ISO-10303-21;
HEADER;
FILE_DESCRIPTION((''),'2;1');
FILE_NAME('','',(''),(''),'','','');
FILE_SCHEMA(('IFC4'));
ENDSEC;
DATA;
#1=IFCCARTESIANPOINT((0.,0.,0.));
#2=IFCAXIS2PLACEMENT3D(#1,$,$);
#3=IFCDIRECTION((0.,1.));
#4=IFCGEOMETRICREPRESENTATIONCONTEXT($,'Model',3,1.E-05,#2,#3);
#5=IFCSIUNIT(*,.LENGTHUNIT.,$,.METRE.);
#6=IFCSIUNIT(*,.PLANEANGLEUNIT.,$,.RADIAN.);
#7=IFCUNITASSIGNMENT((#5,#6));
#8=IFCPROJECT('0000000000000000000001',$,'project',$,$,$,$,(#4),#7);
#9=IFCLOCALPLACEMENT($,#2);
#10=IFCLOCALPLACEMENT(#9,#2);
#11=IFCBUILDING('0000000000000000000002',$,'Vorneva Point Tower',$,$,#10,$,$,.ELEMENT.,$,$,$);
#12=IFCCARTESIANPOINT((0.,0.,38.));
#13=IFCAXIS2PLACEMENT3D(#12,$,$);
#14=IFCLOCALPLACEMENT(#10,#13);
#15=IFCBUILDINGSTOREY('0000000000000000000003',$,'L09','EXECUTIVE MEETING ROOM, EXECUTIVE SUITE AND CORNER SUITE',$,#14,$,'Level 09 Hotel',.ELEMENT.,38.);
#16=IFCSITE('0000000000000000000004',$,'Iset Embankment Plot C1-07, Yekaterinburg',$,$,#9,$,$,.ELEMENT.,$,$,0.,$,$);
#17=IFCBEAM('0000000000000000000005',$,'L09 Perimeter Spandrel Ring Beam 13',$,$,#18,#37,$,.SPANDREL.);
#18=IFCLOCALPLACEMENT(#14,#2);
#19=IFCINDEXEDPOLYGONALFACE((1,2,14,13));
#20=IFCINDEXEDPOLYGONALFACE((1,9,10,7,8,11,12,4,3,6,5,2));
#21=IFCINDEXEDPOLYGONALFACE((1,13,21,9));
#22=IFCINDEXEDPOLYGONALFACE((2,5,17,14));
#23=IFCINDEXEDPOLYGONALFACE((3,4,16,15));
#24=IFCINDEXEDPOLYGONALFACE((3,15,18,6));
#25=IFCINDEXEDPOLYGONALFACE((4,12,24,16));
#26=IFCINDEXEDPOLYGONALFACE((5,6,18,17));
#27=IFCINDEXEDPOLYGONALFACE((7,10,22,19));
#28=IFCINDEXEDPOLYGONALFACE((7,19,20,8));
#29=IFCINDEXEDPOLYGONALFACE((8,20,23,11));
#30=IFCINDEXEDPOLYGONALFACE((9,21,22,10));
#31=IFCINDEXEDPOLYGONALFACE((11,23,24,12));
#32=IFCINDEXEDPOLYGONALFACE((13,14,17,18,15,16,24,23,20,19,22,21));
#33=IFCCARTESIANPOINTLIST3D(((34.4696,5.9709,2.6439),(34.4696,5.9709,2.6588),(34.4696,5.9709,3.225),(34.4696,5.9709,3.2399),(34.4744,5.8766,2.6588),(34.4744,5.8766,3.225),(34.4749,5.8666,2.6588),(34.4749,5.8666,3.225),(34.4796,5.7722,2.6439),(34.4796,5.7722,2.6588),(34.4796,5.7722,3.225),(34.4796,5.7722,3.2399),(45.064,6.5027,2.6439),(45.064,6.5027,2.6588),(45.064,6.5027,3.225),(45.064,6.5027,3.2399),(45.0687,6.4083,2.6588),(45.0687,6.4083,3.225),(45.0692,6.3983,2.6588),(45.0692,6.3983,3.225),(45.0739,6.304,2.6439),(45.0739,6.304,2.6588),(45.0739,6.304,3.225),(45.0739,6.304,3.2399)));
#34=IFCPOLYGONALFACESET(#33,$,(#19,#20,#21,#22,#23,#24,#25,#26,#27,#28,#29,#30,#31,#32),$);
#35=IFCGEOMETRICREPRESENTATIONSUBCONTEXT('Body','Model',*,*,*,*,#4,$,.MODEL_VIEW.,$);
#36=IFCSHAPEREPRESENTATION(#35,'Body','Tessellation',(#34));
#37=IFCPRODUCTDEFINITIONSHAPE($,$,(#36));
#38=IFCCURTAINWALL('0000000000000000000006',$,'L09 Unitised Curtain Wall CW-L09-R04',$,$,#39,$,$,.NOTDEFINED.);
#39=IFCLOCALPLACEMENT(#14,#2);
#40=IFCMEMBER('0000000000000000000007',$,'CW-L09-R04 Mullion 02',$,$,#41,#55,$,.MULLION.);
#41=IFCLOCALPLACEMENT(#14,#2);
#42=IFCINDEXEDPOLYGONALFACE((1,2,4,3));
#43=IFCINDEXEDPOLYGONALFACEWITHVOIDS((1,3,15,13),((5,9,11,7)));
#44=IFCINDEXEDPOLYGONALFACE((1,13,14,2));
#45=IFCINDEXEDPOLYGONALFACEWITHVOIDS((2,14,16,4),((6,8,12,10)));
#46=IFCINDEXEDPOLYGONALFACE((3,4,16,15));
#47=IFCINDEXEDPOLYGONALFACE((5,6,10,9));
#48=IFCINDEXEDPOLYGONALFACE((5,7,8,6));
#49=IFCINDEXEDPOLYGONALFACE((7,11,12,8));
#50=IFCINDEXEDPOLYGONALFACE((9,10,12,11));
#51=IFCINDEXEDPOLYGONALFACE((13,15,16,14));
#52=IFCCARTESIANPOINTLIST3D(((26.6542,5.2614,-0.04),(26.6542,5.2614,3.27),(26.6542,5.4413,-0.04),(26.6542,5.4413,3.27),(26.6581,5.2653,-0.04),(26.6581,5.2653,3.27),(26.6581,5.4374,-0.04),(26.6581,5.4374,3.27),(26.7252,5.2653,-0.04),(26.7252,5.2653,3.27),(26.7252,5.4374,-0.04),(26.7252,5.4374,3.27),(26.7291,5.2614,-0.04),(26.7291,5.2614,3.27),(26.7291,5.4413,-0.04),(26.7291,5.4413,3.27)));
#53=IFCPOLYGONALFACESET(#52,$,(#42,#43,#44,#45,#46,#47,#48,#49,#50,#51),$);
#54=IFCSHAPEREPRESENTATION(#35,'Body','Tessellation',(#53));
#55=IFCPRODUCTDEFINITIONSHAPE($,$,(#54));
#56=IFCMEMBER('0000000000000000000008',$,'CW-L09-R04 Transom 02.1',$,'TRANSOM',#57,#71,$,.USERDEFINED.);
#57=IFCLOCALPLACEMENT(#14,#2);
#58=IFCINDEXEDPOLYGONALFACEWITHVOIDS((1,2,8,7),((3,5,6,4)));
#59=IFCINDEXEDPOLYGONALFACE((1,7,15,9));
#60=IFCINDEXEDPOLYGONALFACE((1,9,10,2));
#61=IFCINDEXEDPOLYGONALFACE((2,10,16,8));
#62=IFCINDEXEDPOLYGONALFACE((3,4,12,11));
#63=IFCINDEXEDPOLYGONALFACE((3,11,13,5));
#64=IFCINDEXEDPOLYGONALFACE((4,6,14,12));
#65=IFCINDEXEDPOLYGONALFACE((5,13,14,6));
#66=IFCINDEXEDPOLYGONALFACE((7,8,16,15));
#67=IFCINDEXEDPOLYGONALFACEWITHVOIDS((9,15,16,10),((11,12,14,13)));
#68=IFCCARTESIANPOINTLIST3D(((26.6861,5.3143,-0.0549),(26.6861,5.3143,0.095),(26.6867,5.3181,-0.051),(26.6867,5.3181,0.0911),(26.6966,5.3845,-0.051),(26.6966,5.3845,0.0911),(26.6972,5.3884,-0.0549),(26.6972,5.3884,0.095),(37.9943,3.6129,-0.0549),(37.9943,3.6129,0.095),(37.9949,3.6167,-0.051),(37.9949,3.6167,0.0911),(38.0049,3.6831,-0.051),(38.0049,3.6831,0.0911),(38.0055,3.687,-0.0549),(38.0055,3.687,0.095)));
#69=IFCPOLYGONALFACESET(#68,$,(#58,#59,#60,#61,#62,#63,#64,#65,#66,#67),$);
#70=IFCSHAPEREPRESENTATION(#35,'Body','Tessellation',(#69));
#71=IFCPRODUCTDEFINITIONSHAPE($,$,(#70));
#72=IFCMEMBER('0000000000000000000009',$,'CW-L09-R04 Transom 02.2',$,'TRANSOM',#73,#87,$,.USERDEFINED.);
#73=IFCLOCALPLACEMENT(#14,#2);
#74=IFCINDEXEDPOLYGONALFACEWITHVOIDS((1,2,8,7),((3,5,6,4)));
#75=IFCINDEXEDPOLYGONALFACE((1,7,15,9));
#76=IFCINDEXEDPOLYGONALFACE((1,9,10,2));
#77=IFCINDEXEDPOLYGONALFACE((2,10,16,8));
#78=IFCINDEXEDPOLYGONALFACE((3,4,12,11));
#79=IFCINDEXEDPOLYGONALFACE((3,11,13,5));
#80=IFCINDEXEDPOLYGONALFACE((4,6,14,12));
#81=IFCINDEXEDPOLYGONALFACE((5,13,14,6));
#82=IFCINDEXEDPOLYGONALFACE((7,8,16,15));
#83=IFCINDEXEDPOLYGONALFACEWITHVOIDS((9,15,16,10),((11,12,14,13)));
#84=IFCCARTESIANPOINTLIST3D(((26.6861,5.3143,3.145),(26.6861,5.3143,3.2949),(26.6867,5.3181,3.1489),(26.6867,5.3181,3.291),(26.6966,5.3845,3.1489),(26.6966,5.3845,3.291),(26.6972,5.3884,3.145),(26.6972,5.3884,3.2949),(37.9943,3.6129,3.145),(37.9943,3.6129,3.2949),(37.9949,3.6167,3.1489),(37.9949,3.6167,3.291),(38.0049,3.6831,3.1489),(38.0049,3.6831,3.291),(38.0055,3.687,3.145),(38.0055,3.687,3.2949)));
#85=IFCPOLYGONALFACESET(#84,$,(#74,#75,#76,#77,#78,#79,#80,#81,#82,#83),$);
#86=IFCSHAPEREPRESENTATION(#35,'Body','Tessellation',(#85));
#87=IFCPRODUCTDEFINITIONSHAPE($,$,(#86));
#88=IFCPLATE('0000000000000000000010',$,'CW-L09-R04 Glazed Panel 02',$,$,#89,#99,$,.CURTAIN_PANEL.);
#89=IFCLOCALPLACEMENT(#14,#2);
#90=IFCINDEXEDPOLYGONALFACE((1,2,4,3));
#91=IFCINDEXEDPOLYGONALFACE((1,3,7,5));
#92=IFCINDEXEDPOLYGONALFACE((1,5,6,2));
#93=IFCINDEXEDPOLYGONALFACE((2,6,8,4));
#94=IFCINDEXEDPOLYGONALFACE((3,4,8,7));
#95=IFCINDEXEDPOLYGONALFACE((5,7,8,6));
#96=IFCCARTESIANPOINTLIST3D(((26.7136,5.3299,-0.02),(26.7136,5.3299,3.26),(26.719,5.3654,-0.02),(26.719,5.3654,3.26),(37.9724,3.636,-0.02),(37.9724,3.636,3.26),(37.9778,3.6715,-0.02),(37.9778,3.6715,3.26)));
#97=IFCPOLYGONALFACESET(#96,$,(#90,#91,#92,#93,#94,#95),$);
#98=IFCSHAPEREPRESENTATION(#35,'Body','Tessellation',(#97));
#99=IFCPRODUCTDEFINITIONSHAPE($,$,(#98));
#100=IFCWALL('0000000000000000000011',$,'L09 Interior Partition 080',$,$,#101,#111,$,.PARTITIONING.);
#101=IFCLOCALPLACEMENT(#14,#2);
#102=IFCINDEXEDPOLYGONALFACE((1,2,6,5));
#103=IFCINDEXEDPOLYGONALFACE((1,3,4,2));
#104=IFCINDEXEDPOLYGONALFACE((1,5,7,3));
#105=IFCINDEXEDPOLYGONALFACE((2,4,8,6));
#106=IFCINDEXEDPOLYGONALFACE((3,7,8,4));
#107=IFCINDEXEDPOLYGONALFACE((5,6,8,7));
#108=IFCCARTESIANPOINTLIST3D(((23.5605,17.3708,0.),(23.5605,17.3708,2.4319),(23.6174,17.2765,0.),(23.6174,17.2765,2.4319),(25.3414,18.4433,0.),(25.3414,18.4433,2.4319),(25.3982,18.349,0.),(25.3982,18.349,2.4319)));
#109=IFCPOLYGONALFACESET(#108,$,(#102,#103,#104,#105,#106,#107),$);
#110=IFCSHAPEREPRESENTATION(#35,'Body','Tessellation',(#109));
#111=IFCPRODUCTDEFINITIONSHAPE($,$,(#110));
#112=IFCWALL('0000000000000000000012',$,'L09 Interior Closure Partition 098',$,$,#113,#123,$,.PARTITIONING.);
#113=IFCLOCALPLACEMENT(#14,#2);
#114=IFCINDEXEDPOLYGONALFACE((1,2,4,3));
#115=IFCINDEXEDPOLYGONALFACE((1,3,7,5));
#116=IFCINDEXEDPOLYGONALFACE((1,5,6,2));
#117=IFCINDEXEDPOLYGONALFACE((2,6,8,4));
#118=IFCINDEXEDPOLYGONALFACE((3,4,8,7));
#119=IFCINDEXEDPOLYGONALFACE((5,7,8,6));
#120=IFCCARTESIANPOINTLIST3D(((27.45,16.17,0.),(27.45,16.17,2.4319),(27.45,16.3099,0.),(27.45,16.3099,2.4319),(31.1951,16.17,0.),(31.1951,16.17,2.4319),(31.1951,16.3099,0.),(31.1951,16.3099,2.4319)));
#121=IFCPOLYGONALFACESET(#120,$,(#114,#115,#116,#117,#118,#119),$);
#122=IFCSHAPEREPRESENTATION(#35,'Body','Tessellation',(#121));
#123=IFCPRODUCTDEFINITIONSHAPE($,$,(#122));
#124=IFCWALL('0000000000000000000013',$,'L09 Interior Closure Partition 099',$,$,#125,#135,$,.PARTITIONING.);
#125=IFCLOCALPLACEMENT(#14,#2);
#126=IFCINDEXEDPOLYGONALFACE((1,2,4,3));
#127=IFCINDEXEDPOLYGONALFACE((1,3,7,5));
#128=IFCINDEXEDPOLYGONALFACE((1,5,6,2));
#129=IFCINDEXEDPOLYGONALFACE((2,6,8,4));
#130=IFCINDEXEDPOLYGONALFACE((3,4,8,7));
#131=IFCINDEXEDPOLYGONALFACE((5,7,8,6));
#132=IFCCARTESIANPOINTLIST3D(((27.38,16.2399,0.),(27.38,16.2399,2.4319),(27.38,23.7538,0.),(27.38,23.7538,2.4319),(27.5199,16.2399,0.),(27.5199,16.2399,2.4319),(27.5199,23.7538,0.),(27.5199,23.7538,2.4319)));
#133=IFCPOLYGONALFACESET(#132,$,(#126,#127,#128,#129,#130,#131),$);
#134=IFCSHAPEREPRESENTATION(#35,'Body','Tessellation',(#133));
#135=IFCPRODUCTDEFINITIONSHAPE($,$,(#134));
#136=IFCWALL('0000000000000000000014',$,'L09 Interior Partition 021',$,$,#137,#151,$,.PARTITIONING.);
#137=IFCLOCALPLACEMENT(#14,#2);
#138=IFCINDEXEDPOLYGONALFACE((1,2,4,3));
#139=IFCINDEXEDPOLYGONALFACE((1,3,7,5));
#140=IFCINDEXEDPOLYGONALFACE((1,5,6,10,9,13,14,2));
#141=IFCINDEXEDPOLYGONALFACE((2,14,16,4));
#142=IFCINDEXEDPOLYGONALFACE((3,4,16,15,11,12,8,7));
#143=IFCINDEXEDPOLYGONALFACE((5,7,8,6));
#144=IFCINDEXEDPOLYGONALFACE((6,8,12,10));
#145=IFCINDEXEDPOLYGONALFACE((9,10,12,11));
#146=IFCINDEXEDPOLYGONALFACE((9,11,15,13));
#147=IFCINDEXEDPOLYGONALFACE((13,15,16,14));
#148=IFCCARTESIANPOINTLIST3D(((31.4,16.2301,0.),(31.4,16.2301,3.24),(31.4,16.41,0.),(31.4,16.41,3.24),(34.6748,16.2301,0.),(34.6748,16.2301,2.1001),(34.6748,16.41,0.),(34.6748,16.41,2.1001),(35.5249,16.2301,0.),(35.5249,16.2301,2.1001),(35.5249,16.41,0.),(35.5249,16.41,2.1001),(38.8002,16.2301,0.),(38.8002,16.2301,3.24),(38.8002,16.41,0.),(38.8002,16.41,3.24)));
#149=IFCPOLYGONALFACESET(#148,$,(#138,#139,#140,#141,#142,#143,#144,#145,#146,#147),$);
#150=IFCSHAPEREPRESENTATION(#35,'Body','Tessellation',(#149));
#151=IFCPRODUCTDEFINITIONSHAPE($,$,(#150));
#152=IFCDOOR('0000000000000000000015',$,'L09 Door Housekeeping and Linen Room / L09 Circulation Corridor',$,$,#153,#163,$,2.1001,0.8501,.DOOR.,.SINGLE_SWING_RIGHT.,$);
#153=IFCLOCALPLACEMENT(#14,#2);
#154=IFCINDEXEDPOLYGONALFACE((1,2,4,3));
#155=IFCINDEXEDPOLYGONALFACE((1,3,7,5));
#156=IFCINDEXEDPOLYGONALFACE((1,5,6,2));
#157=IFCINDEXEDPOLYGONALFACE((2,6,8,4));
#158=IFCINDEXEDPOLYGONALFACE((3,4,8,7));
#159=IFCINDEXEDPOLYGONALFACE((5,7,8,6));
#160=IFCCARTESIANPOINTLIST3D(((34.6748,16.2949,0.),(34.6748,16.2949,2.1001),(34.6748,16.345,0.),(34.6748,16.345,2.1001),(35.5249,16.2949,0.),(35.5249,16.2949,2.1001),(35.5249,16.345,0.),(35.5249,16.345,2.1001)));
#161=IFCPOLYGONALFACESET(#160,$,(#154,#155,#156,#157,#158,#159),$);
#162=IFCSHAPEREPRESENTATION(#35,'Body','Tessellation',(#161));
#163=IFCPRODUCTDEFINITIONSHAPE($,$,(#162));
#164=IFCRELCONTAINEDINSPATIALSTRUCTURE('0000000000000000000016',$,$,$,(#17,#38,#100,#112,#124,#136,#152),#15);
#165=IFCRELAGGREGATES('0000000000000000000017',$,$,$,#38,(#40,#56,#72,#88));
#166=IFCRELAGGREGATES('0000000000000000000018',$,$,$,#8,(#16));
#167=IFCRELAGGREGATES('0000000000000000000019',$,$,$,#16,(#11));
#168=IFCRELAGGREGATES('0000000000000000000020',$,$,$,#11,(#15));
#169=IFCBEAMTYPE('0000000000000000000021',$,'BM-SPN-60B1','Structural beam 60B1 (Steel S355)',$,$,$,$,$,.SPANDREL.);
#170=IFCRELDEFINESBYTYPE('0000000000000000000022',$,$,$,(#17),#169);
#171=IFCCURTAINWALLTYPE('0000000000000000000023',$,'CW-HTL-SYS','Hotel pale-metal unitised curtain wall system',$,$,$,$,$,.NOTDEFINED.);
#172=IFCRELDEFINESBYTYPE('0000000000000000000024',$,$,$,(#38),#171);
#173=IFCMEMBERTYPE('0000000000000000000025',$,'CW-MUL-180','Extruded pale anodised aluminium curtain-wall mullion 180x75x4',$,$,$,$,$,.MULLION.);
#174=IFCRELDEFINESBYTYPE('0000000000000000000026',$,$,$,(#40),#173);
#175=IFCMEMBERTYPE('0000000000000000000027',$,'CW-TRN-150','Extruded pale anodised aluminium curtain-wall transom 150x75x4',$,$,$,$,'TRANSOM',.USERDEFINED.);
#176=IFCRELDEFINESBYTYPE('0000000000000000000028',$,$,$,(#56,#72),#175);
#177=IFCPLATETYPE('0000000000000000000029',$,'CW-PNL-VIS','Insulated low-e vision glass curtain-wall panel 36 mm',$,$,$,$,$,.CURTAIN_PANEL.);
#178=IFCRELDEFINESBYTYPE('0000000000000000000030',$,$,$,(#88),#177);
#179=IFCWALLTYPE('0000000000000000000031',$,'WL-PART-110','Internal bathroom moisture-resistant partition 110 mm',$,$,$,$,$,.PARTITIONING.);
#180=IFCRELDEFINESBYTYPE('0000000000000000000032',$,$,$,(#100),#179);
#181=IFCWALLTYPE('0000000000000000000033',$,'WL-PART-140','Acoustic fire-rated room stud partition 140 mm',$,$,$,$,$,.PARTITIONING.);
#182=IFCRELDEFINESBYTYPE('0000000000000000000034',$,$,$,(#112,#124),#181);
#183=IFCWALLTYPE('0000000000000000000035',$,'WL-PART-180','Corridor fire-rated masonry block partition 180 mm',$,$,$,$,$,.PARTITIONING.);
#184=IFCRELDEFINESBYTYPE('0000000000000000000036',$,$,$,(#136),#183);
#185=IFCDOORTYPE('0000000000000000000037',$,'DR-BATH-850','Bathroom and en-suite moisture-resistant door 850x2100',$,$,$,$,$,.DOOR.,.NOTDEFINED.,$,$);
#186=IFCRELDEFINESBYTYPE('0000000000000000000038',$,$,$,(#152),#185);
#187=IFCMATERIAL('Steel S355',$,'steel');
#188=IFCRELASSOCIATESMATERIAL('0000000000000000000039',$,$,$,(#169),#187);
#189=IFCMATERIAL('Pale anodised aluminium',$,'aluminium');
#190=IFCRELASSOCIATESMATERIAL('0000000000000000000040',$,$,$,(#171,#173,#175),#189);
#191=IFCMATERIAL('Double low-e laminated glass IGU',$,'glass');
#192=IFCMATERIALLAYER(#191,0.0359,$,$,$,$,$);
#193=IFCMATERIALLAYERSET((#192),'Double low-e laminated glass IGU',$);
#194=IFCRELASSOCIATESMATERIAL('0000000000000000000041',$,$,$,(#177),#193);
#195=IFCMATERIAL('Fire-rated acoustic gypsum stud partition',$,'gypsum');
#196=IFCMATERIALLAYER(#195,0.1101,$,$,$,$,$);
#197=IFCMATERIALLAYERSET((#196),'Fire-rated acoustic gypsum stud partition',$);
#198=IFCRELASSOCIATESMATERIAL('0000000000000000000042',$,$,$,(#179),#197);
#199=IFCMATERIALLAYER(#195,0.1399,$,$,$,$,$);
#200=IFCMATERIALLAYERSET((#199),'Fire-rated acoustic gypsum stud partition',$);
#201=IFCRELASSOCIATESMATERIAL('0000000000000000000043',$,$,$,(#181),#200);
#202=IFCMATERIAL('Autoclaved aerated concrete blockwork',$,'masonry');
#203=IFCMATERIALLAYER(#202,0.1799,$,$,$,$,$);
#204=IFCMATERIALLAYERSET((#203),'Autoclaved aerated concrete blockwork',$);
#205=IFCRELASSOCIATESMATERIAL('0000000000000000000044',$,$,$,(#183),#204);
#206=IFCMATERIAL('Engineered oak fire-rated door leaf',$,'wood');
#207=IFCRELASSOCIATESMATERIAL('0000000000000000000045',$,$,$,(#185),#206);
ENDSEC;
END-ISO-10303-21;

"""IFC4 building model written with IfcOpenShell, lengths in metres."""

from ifc_helpers import new_model, si_unit, direction, frame, frame_2d, origin, origin_2d, place, context, subcontext, project, spatial, rectangle, hollow_rectangle, i_section, extrude, material, layer, layer_set, material_profile, profile_set, type_object, element, fill, aggregate, save


model = new_model("IFC4")

# Units and contexts
model_context = context("Model", 3, precision=1e-05, world=origin(), true_north=direction((0.0, 1.0)))
body_context = subcontext(model_context, "Body", "Model", "MODEL_VIEW")
ifc_project = project(units=[si_unit("LENGTHUNIT", "METRE"), si_unit("PLANEANGLEUNIT", "RADIAN")], contexts=[model_context])

# Site, building, storey
site_placement = place(None, origin())
site = spatial("IfcSite", under=ifc_project, at=site_placement, Name="Iset Embankment Plot C1-07, Yekaterinburg", CompositionType="ELEMENT", RefElevation=0.0)
building_placement = place(site_placement, origin())
building = spatial("IfcBuilding", under=site, at=building_placement, Name="Vorneva Point Tower", CompositionType="ELEMENT")
storey_placement = place(building_placement, frame((0.0, 0.0, 38.0)))
storey = spatial("IfcBuildingStorey", under=building, at=storey_placement, Name="L09", Description="EXECUTIVE MEETING ROOM, EXECUTIVE SUITE AND CORNER SUITE", LongName="Level 09 Hotel", CompositionType="ELEMENT", Elevation=38.0)

# Beam
ifc_material_1 = material(Name="Steel S355", Category="steel")
ifc_material_profile_1 = material_profile(ifc_material_1, i_section(OverallWidth=0.199, OverallDepth=0.5959, WebThickness=0.01, FlangeThickness=0.0149, at=origin_2d()), Name="60B1")
ifc_profile_set_1 = profile_set([ifc_material_profile_1], Name="Steel S355")
beam_type_1 = type_object("IfcBeamType", Name="BM-SPN-60B1", Description="Structural beam 60B1 (Steel S355)", PredefinedType="SPANDREL", material=ifc_profile_set_1)
beam_1_placement = place(storey_placement, frame((34.4746, 5.8716, 2.9419), z_axis=(0.998743, 0.050128, 0.0), x_axis=(-0.050128, 0.998743, 0.0)))
element("IfcBeam", 1, at=beam_1_placement, inside=storey, type_object=beam_type_1, Name="L09 Perimeter Spandrel Ring Beam 13", PredefinedType="SPANDREL", context=body_context, shape_type="SweptSolid", body=[
    extrude(i_section(OverallWidth=0.199, OverallDepth=0.5959, WebThickness=0.01, FlangeThickness=0.0149, at=origin_2d()), origin(), (0.0, 0.0, 1.0), 10.6077),
])

# Curtain wall, members, plate
ifc_material_2 = material(Name="Pale anodised aluminium", Category="aluminium")
curtain_wall_type = type_object("IfcCurtainWallType", Name="CW-HTL-SYS", Description="Hotel pale-metal unitised curtain wall system", PredefinedType="NOTDEFINED", material=ifc_material_2)
curtain_wall_placement = place(storey_placement, origin())
curtain_wall = element("IfcCurtainWall", 2, at=curtain_wall_placement, inside=storey, type_object=curtain_wall_type, Name="L09 Unitised Curtain Wall CW-L09-R04", PredefinedType="NOTDEFINED")
ifc_material_profile_2 = material_profile(ifc_material_2, hollow_rectangle(XDim=0.075, YDim=0.1799, WallThickness=0.0039, at=origin_2d()), Name="AL-MUL 180x75x4")
ifc_profile_set_2 = profile_set([ifc_material_profile_2], Name="Pale anodised aluminium")
member_type_1 = type_object("IfcMemberType", Name="CW-MUL-180", Description="Extruded pale anodised aluminium curtain-wall mullion 180x75x4", PredefinedType="MULLION", material=ifc_profile_set_2)
member_1_placement = place(storey_placement, frame((26.6917, 5.3513, -0.04), z_axis=(0.0, 0.0, 1.0), x_axis=(1.0, 0.0, 0.0)))
member_1 = element("IfcMember", 3, at=member_1_placement, type_object=member_type_1, Name="CW-L09-R04 Mullion 02", PredefinedType="MULLION", context=body_context, shape_type="SweptSolid", body=[
    extrude(hollow_rectangle(XDim=0.075, YDim=0.1799, WallThickness=0.0039, at=origin_2d()), origin(), (0.0, 0.0, 1.0), 3.3101),
])
ifc_material_profile_3 = material_profile(ifc_material_2, hollow_rectangle(XDim=0.075, YDim=0.1499, WallThickness=0.0039, at=origin_2d()), Name="AL-TRN 150x75x4")
ifc_profile_set_3 = profile_set([ifc_material_profile_3], Name="Pale anodised aluminium")
member_type_2 = type_object("IfcMemberType", Name="CW-TRN-150", Description="Extruded pale anodised aluminium curtain-wall transom 150x75x4", ElementType="TRANSOM", PredefinedType="USERDEFINED", material=ifc_profile_set_3)
member_2_placement = place(storey_placement, frame((26.6917, 5.3513, 0.02), z_axis=(0.98887, -0.148782, 0.0), x_axis=(0.148782, 0.98887, 0.0)))
member_2 = element("IfcMember", 4, at=member_2_placement, type_object=member_type_2, Name="CW-L09-R04 Transom 02.1", ObjectType="TRANSOM", PredefinedType="USERDEFINED", context=body_context, shape_type="SweptSolid", body=[
    extrude(hollow_rectangle(XDim=0.075, YDim=0.1499, WallThickness=0.0039, at=origin_2d()), origin(), (0.0, 0.0, 1.0), 11.4355),
])
member_3_placement = place(storey_placement, frame((26.6917, 5.3513, 3.22), z_axis=(0.98887, -0.148782, 0.0), x_axis=(0.148782, 0.98887, 0.0)))
member_3 = element("IfcMember", 5, at=member_3_placement, type_object=member_type_2, Name="CW-L09-R04 Transom 02.2", ObjectType="TRANSOM", PredefinedType="USERDEFINED", context=body_context, shape_type="SweptSolid", body=[
    extrude(hollow_rectangle(XDim=0.075, YDim=0.1499, WallThickness=0.0039, at=origin_2d()), origin(), (0.0, 0.0, 1.0), 11.4355),
])
ifc_material_3 = material(Name="Double low-e laminated glass IGU", Category="glass")
ifc_layer_1 = layer(ifc_material_3, 0.0359)
ifc_layer_set_1 = layer_set([ifc_layer_1], Name="Double low-e laminated glass IGU")
plate_type = type_object("IfcPlateType", Name="CW-PNL-VIS", Description="Insulated low-e vision glass curtain-wall panel 36 mm", PredefinedType="CURTAIN_PANEL", material=ifc_layer_set_1)
plate_placement = place(storey_placement, frame((32.3457, 4.5007, -0.02), z_axis=(0.0, 0.0, 1.0), x_axis=(0.988871, -0.148776, 0.0)))
plate = element("IfcPlate", 6, at=plate_placement, type_object=plate_type, Name="CW-L09-R04 Glazed Panel 02", PredefinedType="CURTAIN_PANEL", context=body_context, shape_type="SweptSolid", body=[
    extrude(rectangle(XDim=11.3855, YDim=0.0359, at=origin_2d()), origin(), (0.0, 0.0, 1.0), 3.28),
])
aggregate(curtain_wall, [member_1, member_2, member_3, plate])

# Walls
ifc_material_4 = material(Name="Fire-rated acoustic gypsum stud partition", Category="gypsum")
ifc_layer_2 = layer(ifc_material_4, 0.1101)
ifc_layer_set_2 = layer_set([ifc_layer_2], Name="Fire-rated acoustic gypsum stud partition")
wall_type_1 = type_object("IfcWallType", Name="WL-PART-110", Description="Internal bathroom moisture-resistant partition 110 mm", PredefinedType="PARTITIONING", material=ifc_layer_set_2)
wall_1_placement = place(storey_placement, frame((25.3699, 18.3962, 0.0), z_axis=(0.0, 0.0, 1.0), x_axis=(-0.856632, -0.515929, 0.0)))
element("IfcWall", 7, at=wall_1_placement, inside=storey, type_object=wall_type_1, Name="L09 Interior Partition 080", PredefinedType="PARTITIONING", context=body_context, shape_type="SweptSolid", body=[
    extrude(rectangle(XDim=2.0789, YDim=0.1101, at=frame_2d((1.0396, 0.0))), origin(), (0.0, 0.0, 1.0), 2.4319),
])
ifc_layer_3 = layer(ifc_material_4, 0.1399)
ifc_layer_set_3 = layer_set([ifc_layer_3], Name="Fire-rated acoustic gypsum stud partition")
wall_type_2 = type_object("IfcWallType", Name="WL-PART-140", Description="Acoustic fire-rated room stud partition 140 mm", PredefinedType="PARTITIONING", material=ifc_layer_set_3)
wall_2_placement = place(storey_placement, frame((31.1951, 16.24, 0.0), z_axis=(0.0, 0.0, 1.0), x_axis=(-1.0, 0.0, 0.0)))
element("IfcWall", 8, at=wall_2_placement, inside=storey, type_object=wall_type_2, Name="L09 Interior Closure Partition 098", PredefinedType="PARTITIONING", context=body_context, shape_type="SweptSolid", body=[
    extrude(rectangle(XDim=3.7451, YDim=0.1399, at=frame_2d((1.8726, 0.0))), origin(), (0.0, 0.0, 1.0), 2.4319),
])
wall_3_placement = place(storey_placement, frame((27.45, 16.24, 0.0), z_axis=(0.0, 0.0, 1.0), x_axis=(0.0, 1.0, 0.0)))
element("IfcWall", 9, at=wall_3_placement, inside=storey, type_object=wall_type_2, Name="L09 Interior Closure Partition 099", PredefinedType="PARTITIONING", context=body_context, shape_type="SweptSolid", body=[
    extrude(rectangle(XDim=7.5139, YDim=0.1399, at=frame_2d((3.7568, 0.0))), origin(), (0.0, 0.0, 1.0), 2.4319),
])

# Wall, opening, door
ifc_material_5 = material(Name="Autoclaved aerated concrete blockwork", Category="masonry")
ifc_layer_4 = layer(ifc_material_5, 0.1799)
ifc_layer_set_4 = layer_set([ifc_layer_4], Name="Autoclaved aerated concrete blockwork")
wall_type_3 = type_object("IfcWallType", Name="WL-PART-180", Description="Corridor fire-rated masonry block partition 180 mm", PredefinedType="PARTITIONING", material=ifc_layer_set_4)
wall_4_placement = place(storey_placement, frame((31.3999, 16.3201, 0.0), z_axis=(0.0, 0.0, 1.0), x_axis=(1.0, 0.0, 0.0)))
wall_4 = element("IfcWall", 10, at=wall_4_placement, inside=storey, type_object=wall_type_3, Name="L09 Interior Partition 021", PredefinedType="PARTITIONING", context=body_context, shape_type="SweptSolid", body=[
    extrude(rectangle(XDim=7.4001, YDim=0.1799, at=frame_2d((3.7002, 0.0))), origin(), (0.0, 0.0, 1.0), 3.24),
])
opening_1_placement = place(wall_4_placement, frame((3.2749, 0.0, 0.0)))
opening_1 = element("IfcOpeningElement", 11, at=opening_1_placement, cuts=wall_4, PredefinedType="OPENING", context=body_context, shape_type="SweptSolid", body=[
    extrude(rectangle(XDim=0.8501, YDim=2.1001, at=frame_2d((0.425, 1.05))), frame((0.0, 0.105, 0.0), z_axis=(0.0, -1.0, 0.0), x_axis=(1.0, 0.0, 0.0)), (0.0, 0.0, 1.0), 0.2097),
])
ifc_material_6 = material(Name="Engineered oak fire-rated door leaf", Category="wood")
door_type_1 = type_object("IfcDoorType", Name="DR-BATH-850", Description="Bathroom and en-suite moisture-resistant door 850x2100", OperationType="NOTDEFINED", PredefinedType="DOOR", material=ifc_material_6)
door_1_placement = place(opening_1_placement, origin())
door_1 = element("IfcDoor", 12, at=door_1_placement, inside=storey, type_object=door_type_1, Name="L09 Door Housekeeping and Linen Room / L09 Circulation Corridor", OperationType="SINGLE_SWING_RIGHT", OverallHeight=2.1001, OverallWidth=0.8501, PredefinedType="DOOR", context=body_context, shape_type="SweptSolid", body=[
    extrude(rectangle(XDim=0.8501, YDim=2.1001, at=frame_2d((0.425, 1.05))), frame((0.0, 0.0249, 0.0), z_axis=(0.0, -1.0, 0.0), x_axis=(1.0, 0.0, 0.0)), (0.0, 0.0, 1.0), 0.05),
])
fill(opening_1, door_1)

save(model, "model.ifc")
